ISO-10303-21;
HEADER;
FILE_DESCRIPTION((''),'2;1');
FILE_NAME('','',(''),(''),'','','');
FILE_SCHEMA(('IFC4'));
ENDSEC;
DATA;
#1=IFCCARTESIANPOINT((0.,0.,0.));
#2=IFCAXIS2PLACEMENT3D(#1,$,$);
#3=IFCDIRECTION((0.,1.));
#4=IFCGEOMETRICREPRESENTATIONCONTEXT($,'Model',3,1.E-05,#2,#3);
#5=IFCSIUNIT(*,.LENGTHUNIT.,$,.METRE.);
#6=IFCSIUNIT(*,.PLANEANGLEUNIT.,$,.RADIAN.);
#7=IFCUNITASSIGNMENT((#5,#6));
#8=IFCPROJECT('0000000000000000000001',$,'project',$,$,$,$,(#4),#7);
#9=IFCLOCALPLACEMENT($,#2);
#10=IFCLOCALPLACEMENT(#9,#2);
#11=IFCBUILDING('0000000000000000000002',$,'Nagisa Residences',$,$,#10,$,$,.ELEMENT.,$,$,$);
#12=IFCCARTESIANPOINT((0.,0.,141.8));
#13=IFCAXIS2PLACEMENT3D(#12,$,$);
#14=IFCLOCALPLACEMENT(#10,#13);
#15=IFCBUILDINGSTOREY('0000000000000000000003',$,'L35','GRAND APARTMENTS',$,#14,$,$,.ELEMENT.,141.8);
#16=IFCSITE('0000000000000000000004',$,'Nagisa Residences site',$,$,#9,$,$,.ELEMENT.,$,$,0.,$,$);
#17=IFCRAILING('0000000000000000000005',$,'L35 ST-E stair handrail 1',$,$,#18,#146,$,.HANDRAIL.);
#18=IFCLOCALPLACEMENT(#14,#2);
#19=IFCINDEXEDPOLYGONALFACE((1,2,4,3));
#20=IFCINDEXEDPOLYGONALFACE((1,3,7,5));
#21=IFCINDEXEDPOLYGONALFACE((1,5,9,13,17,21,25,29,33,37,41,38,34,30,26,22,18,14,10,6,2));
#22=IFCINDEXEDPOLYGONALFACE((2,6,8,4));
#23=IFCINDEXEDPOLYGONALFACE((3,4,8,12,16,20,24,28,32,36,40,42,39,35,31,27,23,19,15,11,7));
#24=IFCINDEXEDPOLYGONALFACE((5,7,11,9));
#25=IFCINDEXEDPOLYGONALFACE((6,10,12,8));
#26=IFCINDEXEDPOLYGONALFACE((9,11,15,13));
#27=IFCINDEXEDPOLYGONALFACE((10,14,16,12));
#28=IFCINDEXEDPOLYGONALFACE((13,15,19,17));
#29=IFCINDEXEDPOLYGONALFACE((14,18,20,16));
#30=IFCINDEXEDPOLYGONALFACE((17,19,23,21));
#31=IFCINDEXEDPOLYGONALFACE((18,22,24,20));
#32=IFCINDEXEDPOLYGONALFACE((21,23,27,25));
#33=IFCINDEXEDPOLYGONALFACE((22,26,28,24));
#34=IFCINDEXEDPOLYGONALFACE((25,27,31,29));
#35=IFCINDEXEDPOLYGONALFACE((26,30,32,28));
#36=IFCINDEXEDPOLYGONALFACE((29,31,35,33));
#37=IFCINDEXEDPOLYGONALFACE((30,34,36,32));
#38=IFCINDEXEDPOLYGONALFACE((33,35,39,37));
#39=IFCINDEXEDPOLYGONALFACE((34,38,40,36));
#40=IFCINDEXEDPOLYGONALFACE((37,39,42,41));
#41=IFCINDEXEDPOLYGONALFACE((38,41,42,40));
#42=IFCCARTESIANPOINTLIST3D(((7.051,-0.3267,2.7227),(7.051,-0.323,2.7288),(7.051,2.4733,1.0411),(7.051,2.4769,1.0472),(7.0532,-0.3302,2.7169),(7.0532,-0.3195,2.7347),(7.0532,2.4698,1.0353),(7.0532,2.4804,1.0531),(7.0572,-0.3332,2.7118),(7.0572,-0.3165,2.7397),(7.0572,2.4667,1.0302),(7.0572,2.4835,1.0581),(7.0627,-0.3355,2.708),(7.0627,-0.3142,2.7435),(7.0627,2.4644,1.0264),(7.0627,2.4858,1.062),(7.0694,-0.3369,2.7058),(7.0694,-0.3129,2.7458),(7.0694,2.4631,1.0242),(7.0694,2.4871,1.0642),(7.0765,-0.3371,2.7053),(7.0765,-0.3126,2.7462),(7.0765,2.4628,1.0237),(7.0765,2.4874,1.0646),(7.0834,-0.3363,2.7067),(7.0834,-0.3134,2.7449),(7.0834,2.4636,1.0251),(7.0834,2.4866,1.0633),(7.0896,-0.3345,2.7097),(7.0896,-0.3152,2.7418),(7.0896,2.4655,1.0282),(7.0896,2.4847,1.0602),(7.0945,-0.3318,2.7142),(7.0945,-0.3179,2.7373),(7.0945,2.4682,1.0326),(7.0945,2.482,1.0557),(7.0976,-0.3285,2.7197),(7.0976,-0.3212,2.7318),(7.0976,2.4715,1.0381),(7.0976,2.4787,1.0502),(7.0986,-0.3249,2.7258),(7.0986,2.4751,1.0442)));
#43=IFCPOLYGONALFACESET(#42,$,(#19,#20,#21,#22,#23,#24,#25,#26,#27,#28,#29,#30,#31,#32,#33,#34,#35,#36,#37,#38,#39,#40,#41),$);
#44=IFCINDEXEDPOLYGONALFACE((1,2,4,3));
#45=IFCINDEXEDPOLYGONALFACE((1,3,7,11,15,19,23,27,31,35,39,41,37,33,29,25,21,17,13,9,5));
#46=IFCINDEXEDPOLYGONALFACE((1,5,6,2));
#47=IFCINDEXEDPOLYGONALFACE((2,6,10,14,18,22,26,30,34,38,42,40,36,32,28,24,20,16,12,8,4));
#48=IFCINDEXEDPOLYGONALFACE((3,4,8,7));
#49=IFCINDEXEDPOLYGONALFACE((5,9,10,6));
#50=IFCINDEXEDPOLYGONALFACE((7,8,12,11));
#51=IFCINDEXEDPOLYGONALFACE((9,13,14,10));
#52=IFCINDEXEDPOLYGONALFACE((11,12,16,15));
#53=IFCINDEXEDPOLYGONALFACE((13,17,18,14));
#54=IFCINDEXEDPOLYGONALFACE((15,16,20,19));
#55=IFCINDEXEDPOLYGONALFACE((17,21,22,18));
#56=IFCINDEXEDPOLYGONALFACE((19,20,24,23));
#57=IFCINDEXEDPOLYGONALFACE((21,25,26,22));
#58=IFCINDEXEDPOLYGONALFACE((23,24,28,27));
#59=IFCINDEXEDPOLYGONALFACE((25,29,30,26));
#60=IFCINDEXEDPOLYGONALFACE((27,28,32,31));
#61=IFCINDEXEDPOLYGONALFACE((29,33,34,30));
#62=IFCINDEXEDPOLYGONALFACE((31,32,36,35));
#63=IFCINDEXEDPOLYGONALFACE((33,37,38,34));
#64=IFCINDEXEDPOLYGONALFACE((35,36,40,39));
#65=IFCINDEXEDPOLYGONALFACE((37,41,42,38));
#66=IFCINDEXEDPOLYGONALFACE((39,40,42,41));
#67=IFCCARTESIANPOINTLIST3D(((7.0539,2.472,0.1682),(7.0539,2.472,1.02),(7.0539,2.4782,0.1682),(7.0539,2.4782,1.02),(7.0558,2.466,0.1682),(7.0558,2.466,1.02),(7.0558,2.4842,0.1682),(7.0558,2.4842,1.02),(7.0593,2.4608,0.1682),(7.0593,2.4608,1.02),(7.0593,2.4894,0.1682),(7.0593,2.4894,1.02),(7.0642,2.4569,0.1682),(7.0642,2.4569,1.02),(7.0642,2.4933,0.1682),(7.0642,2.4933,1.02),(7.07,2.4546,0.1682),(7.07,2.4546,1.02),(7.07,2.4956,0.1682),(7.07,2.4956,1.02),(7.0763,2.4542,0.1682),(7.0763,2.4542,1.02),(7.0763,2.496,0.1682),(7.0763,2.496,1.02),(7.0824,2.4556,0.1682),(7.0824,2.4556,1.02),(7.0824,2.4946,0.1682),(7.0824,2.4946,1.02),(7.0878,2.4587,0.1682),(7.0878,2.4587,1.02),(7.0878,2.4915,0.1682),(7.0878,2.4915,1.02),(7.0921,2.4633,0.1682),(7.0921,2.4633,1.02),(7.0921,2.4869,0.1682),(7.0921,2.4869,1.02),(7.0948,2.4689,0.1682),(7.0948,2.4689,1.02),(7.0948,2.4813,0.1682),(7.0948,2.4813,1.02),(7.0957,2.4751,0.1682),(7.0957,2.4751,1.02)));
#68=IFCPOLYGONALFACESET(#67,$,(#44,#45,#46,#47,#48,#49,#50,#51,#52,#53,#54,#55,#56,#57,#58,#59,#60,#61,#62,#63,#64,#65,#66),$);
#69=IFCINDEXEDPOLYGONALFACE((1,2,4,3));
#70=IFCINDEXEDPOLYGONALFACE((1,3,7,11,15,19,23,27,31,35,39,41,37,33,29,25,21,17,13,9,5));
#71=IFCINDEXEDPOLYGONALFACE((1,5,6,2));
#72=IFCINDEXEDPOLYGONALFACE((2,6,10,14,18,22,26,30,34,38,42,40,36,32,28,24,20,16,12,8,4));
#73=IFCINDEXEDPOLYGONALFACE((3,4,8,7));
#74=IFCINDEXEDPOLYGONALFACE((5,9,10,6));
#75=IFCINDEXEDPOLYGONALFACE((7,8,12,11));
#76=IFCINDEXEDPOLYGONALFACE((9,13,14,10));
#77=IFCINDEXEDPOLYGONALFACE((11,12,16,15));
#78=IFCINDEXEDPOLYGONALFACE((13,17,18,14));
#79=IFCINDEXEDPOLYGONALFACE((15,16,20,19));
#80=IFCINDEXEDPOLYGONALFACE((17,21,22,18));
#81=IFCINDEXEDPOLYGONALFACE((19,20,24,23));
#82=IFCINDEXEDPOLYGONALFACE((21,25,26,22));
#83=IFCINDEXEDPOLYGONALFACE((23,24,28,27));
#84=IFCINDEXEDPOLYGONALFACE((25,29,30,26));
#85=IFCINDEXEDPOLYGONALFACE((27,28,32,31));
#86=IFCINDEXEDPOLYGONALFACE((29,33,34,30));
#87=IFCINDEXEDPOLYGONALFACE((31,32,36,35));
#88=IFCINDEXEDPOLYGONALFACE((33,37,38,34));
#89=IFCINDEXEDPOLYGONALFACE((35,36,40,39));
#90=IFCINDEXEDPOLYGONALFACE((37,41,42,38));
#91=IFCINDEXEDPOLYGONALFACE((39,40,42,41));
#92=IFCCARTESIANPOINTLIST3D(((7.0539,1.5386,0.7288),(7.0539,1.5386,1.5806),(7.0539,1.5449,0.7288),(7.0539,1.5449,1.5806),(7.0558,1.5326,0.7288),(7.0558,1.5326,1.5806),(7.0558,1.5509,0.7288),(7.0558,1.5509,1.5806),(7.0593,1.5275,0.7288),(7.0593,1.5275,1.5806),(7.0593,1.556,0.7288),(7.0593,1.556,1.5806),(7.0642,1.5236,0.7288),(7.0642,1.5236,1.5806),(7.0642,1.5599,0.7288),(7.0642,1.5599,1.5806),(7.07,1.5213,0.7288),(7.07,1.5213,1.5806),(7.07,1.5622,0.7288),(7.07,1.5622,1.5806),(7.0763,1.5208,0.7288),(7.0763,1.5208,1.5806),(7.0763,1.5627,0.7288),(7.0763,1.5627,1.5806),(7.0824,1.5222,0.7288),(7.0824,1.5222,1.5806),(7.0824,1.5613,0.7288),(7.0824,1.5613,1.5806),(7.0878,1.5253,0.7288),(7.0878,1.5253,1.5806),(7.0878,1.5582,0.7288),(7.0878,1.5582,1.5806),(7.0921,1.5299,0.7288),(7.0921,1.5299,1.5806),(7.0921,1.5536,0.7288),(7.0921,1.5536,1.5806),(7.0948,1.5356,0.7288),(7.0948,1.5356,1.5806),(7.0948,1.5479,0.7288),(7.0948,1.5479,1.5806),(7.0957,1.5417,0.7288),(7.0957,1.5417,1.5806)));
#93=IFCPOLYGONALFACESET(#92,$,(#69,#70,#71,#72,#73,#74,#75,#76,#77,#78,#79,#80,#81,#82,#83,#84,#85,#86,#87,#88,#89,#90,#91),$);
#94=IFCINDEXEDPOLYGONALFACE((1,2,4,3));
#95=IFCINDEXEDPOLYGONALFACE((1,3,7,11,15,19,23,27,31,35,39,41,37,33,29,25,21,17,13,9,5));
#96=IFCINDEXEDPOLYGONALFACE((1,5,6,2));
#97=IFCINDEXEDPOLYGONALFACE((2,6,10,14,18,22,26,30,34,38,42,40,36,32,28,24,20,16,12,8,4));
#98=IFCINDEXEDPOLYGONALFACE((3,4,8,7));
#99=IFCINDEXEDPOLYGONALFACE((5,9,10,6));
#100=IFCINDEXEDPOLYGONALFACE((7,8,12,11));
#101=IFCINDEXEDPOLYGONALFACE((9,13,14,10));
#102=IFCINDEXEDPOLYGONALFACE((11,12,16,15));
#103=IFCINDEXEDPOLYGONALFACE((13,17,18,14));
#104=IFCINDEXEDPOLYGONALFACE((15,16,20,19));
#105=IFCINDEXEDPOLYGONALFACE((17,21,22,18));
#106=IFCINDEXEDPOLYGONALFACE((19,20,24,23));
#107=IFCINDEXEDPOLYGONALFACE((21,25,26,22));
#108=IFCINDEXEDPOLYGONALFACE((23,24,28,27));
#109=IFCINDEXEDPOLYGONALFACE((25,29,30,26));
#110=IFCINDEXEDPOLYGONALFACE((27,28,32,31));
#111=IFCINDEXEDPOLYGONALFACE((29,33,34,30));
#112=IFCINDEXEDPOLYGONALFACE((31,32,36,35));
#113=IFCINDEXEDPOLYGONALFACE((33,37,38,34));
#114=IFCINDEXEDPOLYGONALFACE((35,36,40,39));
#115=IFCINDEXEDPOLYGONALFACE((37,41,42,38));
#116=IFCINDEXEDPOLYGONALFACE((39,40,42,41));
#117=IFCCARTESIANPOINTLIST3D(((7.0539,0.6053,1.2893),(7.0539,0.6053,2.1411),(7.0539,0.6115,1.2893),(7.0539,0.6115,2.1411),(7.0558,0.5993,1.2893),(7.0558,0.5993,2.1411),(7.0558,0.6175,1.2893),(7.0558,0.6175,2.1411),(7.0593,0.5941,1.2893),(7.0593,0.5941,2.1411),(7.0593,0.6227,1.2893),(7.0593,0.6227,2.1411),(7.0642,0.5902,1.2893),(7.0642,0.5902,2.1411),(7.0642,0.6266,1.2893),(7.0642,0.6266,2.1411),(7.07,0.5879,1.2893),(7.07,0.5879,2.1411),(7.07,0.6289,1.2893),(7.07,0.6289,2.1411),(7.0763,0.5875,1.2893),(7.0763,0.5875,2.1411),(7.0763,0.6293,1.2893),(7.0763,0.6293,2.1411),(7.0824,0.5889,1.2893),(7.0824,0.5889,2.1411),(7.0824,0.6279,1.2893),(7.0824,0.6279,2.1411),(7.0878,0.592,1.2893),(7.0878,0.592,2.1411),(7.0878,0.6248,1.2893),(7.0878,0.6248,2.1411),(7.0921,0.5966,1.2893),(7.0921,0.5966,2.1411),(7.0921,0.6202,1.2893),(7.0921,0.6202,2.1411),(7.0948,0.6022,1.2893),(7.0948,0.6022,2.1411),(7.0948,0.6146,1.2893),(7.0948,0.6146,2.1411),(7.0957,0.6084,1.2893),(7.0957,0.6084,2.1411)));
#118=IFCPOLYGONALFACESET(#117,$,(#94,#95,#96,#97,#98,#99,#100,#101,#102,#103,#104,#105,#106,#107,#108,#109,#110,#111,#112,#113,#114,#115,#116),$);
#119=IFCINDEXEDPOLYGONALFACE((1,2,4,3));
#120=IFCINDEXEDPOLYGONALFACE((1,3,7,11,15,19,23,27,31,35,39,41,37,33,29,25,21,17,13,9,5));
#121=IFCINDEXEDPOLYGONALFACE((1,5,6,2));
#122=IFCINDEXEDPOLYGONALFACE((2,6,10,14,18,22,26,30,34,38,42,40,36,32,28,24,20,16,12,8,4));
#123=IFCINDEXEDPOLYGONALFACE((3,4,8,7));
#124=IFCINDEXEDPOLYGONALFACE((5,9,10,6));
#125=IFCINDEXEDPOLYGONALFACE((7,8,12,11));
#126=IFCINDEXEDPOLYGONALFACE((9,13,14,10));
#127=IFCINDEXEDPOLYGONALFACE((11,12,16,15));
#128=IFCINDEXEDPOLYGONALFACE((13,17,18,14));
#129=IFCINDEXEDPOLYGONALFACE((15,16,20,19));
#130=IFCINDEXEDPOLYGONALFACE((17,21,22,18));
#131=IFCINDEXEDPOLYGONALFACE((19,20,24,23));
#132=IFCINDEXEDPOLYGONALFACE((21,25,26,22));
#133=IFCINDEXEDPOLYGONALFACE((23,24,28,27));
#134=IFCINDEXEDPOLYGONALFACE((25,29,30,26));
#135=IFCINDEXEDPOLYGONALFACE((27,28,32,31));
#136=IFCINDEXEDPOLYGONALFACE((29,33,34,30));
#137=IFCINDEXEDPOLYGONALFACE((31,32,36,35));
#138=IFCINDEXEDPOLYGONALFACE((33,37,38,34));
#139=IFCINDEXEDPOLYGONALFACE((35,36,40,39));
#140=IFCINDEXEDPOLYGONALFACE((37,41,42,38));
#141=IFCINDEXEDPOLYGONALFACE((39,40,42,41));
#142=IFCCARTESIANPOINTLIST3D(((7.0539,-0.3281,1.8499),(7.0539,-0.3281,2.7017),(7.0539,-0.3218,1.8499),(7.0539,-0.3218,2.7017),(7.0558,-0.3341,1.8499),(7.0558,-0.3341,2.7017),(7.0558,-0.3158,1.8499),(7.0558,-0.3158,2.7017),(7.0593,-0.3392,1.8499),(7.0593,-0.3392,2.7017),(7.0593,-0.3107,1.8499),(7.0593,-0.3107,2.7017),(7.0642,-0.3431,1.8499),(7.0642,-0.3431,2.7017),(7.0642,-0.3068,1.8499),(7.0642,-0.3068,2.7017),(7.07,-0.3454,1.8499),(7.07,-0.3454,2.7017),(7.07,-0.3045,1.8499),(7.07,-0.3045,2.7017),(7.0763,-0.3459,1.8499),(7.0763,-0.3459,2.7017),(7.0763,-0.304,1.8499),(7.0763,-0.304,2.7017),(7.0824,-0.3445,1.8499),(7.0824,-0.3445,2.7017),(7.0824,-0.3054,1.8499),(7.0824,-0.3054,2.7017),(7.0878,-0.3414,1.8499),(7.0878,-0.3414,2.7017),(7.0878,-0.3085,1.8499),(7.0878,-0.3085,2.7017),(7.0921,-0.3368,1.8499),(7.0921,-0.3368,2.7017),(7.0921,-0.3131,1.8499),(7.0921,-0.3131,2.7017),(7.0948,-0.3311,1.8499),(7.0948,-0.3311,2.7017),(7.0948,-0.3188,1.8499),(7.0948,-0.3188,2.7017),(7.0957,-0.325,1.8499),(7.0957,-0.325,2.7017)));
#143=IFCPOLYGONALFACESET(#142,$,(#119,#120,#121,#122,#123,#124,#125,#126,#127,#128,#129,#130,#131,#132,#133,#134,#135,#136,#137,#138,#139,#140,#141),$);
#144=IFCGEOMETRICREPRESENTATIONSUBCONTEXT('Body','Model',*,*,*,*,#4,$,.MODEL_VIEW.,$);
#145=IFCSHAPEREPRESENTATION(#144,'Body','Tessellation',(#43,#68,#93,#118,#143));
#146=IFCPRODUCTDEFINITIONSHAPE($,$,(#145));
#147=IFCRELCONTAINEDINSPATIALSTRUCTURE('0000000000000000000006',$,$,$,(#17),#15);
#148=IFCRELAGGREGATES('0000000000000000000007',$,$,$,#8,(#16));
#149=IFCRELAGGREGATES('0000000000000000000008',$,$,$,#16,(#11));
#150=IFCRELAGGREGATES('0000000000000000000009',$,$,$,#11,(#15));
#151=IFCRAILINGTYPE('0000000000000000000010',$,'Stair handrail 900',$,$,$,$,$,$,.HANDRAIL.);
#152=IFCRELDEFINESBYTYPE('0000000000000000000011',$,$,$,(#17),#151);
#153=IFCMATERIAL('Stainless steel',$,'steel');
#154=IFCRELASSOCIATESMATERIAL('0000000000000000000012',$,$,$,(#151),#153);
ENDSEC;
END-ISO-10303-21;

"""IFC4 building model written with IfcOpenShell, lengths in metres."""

from ifc_helpers import new_model, si_unit, direction, frame, origin, origin_2d, place, context, subcontext, project, spatial, circle, extrude, material, type_object, element, save


model = new_model("IFC4")

# Units and contexts
model_context = context("Model", 3, precision=1e-05, world=origin(), true_north=direction((0.0, 1.0)))
body_context = subcontext(model_context, "Body", "Model", "MODEL_VIEW")
ifc_project = project(units=[si_unit("LENGTHUNIT", "METRE"), si_unit("PLANEANGLEUNIT", "RADIAN")], contexts=[model_context])

# Site, building, storey
site_placement = place(None, origin())
site = spatial("IfcSite", under=ifc_project, at=site_placement, Name="Nagisa Residences site", CompositionType="ELEMENT", RefElevation=0.0)
building_placement = place(site_placement, origin())
building = spatial("IfcBuilding", under=site, at=building_placement, Name="Nagisa Residences", CompositionType="ELEMENT")
storey_placement = place(building_placement, frame((0.0, 0.0, 141.8)))
storey = spatial("IfcBuildingStorey", under=building, at=storey_placement, Name="L35", Description="GRAND APARTMENTS", CompositionType="ELEMENT", Elevation=141.8)

# Railing
ifc_material_1 = material(Name="Stainless steel", Category="steel")
railing_type_1 = type_object("IfcRailingType", Name="Stair handrail 900", PredefinedType="HANDRAIL", material=ifc_material_1)
railing_1_placement = place(storey_placement, frame((7.0747, 2.4751, 0.1682)))
element("IfcRailing", 1, at=railing_1_placement, inside=storey, type_object=railing_type_1, Name="L35 ST-E stair handrail 1", PredefinedType="HANDRAIL", context=body_context, shape_type="SweptSolid", body=[
    extrude(circle(Radius=0.0239, at=origin_2d()), frame((0.0, 0.0, 0.876), z_axis=(0.0, -0.857275, 0.514858), x_axis=(1.0, 0.0, 0.0)), (0.0, 0.0, 1.0), 3.2661),
    extrude(circle(Radius=0.021, at=origin_2d()), origin(), (0.0, 0.0, 1.0), 0.8518),
    extrude(circle(Radius=0.021, at=origin_2d()), frame((0.0, -0.9333, 0.5605)), (0.0, 0.0, 1.0), 0.8518),
    extrude(circle(Radius=0.021, at=origin_2d()), frame((0.0, -1.8667, 1.1211)), (0.0, 0.0, 1.0), 0.8518),
    extrude(circle(Radius=0.021, at=origin_2d()), frame((0.0, -2.8, 1.6816)), (0.0, 0.0, 1.0), 0.8518),
])

save(model, "model.ifc")
